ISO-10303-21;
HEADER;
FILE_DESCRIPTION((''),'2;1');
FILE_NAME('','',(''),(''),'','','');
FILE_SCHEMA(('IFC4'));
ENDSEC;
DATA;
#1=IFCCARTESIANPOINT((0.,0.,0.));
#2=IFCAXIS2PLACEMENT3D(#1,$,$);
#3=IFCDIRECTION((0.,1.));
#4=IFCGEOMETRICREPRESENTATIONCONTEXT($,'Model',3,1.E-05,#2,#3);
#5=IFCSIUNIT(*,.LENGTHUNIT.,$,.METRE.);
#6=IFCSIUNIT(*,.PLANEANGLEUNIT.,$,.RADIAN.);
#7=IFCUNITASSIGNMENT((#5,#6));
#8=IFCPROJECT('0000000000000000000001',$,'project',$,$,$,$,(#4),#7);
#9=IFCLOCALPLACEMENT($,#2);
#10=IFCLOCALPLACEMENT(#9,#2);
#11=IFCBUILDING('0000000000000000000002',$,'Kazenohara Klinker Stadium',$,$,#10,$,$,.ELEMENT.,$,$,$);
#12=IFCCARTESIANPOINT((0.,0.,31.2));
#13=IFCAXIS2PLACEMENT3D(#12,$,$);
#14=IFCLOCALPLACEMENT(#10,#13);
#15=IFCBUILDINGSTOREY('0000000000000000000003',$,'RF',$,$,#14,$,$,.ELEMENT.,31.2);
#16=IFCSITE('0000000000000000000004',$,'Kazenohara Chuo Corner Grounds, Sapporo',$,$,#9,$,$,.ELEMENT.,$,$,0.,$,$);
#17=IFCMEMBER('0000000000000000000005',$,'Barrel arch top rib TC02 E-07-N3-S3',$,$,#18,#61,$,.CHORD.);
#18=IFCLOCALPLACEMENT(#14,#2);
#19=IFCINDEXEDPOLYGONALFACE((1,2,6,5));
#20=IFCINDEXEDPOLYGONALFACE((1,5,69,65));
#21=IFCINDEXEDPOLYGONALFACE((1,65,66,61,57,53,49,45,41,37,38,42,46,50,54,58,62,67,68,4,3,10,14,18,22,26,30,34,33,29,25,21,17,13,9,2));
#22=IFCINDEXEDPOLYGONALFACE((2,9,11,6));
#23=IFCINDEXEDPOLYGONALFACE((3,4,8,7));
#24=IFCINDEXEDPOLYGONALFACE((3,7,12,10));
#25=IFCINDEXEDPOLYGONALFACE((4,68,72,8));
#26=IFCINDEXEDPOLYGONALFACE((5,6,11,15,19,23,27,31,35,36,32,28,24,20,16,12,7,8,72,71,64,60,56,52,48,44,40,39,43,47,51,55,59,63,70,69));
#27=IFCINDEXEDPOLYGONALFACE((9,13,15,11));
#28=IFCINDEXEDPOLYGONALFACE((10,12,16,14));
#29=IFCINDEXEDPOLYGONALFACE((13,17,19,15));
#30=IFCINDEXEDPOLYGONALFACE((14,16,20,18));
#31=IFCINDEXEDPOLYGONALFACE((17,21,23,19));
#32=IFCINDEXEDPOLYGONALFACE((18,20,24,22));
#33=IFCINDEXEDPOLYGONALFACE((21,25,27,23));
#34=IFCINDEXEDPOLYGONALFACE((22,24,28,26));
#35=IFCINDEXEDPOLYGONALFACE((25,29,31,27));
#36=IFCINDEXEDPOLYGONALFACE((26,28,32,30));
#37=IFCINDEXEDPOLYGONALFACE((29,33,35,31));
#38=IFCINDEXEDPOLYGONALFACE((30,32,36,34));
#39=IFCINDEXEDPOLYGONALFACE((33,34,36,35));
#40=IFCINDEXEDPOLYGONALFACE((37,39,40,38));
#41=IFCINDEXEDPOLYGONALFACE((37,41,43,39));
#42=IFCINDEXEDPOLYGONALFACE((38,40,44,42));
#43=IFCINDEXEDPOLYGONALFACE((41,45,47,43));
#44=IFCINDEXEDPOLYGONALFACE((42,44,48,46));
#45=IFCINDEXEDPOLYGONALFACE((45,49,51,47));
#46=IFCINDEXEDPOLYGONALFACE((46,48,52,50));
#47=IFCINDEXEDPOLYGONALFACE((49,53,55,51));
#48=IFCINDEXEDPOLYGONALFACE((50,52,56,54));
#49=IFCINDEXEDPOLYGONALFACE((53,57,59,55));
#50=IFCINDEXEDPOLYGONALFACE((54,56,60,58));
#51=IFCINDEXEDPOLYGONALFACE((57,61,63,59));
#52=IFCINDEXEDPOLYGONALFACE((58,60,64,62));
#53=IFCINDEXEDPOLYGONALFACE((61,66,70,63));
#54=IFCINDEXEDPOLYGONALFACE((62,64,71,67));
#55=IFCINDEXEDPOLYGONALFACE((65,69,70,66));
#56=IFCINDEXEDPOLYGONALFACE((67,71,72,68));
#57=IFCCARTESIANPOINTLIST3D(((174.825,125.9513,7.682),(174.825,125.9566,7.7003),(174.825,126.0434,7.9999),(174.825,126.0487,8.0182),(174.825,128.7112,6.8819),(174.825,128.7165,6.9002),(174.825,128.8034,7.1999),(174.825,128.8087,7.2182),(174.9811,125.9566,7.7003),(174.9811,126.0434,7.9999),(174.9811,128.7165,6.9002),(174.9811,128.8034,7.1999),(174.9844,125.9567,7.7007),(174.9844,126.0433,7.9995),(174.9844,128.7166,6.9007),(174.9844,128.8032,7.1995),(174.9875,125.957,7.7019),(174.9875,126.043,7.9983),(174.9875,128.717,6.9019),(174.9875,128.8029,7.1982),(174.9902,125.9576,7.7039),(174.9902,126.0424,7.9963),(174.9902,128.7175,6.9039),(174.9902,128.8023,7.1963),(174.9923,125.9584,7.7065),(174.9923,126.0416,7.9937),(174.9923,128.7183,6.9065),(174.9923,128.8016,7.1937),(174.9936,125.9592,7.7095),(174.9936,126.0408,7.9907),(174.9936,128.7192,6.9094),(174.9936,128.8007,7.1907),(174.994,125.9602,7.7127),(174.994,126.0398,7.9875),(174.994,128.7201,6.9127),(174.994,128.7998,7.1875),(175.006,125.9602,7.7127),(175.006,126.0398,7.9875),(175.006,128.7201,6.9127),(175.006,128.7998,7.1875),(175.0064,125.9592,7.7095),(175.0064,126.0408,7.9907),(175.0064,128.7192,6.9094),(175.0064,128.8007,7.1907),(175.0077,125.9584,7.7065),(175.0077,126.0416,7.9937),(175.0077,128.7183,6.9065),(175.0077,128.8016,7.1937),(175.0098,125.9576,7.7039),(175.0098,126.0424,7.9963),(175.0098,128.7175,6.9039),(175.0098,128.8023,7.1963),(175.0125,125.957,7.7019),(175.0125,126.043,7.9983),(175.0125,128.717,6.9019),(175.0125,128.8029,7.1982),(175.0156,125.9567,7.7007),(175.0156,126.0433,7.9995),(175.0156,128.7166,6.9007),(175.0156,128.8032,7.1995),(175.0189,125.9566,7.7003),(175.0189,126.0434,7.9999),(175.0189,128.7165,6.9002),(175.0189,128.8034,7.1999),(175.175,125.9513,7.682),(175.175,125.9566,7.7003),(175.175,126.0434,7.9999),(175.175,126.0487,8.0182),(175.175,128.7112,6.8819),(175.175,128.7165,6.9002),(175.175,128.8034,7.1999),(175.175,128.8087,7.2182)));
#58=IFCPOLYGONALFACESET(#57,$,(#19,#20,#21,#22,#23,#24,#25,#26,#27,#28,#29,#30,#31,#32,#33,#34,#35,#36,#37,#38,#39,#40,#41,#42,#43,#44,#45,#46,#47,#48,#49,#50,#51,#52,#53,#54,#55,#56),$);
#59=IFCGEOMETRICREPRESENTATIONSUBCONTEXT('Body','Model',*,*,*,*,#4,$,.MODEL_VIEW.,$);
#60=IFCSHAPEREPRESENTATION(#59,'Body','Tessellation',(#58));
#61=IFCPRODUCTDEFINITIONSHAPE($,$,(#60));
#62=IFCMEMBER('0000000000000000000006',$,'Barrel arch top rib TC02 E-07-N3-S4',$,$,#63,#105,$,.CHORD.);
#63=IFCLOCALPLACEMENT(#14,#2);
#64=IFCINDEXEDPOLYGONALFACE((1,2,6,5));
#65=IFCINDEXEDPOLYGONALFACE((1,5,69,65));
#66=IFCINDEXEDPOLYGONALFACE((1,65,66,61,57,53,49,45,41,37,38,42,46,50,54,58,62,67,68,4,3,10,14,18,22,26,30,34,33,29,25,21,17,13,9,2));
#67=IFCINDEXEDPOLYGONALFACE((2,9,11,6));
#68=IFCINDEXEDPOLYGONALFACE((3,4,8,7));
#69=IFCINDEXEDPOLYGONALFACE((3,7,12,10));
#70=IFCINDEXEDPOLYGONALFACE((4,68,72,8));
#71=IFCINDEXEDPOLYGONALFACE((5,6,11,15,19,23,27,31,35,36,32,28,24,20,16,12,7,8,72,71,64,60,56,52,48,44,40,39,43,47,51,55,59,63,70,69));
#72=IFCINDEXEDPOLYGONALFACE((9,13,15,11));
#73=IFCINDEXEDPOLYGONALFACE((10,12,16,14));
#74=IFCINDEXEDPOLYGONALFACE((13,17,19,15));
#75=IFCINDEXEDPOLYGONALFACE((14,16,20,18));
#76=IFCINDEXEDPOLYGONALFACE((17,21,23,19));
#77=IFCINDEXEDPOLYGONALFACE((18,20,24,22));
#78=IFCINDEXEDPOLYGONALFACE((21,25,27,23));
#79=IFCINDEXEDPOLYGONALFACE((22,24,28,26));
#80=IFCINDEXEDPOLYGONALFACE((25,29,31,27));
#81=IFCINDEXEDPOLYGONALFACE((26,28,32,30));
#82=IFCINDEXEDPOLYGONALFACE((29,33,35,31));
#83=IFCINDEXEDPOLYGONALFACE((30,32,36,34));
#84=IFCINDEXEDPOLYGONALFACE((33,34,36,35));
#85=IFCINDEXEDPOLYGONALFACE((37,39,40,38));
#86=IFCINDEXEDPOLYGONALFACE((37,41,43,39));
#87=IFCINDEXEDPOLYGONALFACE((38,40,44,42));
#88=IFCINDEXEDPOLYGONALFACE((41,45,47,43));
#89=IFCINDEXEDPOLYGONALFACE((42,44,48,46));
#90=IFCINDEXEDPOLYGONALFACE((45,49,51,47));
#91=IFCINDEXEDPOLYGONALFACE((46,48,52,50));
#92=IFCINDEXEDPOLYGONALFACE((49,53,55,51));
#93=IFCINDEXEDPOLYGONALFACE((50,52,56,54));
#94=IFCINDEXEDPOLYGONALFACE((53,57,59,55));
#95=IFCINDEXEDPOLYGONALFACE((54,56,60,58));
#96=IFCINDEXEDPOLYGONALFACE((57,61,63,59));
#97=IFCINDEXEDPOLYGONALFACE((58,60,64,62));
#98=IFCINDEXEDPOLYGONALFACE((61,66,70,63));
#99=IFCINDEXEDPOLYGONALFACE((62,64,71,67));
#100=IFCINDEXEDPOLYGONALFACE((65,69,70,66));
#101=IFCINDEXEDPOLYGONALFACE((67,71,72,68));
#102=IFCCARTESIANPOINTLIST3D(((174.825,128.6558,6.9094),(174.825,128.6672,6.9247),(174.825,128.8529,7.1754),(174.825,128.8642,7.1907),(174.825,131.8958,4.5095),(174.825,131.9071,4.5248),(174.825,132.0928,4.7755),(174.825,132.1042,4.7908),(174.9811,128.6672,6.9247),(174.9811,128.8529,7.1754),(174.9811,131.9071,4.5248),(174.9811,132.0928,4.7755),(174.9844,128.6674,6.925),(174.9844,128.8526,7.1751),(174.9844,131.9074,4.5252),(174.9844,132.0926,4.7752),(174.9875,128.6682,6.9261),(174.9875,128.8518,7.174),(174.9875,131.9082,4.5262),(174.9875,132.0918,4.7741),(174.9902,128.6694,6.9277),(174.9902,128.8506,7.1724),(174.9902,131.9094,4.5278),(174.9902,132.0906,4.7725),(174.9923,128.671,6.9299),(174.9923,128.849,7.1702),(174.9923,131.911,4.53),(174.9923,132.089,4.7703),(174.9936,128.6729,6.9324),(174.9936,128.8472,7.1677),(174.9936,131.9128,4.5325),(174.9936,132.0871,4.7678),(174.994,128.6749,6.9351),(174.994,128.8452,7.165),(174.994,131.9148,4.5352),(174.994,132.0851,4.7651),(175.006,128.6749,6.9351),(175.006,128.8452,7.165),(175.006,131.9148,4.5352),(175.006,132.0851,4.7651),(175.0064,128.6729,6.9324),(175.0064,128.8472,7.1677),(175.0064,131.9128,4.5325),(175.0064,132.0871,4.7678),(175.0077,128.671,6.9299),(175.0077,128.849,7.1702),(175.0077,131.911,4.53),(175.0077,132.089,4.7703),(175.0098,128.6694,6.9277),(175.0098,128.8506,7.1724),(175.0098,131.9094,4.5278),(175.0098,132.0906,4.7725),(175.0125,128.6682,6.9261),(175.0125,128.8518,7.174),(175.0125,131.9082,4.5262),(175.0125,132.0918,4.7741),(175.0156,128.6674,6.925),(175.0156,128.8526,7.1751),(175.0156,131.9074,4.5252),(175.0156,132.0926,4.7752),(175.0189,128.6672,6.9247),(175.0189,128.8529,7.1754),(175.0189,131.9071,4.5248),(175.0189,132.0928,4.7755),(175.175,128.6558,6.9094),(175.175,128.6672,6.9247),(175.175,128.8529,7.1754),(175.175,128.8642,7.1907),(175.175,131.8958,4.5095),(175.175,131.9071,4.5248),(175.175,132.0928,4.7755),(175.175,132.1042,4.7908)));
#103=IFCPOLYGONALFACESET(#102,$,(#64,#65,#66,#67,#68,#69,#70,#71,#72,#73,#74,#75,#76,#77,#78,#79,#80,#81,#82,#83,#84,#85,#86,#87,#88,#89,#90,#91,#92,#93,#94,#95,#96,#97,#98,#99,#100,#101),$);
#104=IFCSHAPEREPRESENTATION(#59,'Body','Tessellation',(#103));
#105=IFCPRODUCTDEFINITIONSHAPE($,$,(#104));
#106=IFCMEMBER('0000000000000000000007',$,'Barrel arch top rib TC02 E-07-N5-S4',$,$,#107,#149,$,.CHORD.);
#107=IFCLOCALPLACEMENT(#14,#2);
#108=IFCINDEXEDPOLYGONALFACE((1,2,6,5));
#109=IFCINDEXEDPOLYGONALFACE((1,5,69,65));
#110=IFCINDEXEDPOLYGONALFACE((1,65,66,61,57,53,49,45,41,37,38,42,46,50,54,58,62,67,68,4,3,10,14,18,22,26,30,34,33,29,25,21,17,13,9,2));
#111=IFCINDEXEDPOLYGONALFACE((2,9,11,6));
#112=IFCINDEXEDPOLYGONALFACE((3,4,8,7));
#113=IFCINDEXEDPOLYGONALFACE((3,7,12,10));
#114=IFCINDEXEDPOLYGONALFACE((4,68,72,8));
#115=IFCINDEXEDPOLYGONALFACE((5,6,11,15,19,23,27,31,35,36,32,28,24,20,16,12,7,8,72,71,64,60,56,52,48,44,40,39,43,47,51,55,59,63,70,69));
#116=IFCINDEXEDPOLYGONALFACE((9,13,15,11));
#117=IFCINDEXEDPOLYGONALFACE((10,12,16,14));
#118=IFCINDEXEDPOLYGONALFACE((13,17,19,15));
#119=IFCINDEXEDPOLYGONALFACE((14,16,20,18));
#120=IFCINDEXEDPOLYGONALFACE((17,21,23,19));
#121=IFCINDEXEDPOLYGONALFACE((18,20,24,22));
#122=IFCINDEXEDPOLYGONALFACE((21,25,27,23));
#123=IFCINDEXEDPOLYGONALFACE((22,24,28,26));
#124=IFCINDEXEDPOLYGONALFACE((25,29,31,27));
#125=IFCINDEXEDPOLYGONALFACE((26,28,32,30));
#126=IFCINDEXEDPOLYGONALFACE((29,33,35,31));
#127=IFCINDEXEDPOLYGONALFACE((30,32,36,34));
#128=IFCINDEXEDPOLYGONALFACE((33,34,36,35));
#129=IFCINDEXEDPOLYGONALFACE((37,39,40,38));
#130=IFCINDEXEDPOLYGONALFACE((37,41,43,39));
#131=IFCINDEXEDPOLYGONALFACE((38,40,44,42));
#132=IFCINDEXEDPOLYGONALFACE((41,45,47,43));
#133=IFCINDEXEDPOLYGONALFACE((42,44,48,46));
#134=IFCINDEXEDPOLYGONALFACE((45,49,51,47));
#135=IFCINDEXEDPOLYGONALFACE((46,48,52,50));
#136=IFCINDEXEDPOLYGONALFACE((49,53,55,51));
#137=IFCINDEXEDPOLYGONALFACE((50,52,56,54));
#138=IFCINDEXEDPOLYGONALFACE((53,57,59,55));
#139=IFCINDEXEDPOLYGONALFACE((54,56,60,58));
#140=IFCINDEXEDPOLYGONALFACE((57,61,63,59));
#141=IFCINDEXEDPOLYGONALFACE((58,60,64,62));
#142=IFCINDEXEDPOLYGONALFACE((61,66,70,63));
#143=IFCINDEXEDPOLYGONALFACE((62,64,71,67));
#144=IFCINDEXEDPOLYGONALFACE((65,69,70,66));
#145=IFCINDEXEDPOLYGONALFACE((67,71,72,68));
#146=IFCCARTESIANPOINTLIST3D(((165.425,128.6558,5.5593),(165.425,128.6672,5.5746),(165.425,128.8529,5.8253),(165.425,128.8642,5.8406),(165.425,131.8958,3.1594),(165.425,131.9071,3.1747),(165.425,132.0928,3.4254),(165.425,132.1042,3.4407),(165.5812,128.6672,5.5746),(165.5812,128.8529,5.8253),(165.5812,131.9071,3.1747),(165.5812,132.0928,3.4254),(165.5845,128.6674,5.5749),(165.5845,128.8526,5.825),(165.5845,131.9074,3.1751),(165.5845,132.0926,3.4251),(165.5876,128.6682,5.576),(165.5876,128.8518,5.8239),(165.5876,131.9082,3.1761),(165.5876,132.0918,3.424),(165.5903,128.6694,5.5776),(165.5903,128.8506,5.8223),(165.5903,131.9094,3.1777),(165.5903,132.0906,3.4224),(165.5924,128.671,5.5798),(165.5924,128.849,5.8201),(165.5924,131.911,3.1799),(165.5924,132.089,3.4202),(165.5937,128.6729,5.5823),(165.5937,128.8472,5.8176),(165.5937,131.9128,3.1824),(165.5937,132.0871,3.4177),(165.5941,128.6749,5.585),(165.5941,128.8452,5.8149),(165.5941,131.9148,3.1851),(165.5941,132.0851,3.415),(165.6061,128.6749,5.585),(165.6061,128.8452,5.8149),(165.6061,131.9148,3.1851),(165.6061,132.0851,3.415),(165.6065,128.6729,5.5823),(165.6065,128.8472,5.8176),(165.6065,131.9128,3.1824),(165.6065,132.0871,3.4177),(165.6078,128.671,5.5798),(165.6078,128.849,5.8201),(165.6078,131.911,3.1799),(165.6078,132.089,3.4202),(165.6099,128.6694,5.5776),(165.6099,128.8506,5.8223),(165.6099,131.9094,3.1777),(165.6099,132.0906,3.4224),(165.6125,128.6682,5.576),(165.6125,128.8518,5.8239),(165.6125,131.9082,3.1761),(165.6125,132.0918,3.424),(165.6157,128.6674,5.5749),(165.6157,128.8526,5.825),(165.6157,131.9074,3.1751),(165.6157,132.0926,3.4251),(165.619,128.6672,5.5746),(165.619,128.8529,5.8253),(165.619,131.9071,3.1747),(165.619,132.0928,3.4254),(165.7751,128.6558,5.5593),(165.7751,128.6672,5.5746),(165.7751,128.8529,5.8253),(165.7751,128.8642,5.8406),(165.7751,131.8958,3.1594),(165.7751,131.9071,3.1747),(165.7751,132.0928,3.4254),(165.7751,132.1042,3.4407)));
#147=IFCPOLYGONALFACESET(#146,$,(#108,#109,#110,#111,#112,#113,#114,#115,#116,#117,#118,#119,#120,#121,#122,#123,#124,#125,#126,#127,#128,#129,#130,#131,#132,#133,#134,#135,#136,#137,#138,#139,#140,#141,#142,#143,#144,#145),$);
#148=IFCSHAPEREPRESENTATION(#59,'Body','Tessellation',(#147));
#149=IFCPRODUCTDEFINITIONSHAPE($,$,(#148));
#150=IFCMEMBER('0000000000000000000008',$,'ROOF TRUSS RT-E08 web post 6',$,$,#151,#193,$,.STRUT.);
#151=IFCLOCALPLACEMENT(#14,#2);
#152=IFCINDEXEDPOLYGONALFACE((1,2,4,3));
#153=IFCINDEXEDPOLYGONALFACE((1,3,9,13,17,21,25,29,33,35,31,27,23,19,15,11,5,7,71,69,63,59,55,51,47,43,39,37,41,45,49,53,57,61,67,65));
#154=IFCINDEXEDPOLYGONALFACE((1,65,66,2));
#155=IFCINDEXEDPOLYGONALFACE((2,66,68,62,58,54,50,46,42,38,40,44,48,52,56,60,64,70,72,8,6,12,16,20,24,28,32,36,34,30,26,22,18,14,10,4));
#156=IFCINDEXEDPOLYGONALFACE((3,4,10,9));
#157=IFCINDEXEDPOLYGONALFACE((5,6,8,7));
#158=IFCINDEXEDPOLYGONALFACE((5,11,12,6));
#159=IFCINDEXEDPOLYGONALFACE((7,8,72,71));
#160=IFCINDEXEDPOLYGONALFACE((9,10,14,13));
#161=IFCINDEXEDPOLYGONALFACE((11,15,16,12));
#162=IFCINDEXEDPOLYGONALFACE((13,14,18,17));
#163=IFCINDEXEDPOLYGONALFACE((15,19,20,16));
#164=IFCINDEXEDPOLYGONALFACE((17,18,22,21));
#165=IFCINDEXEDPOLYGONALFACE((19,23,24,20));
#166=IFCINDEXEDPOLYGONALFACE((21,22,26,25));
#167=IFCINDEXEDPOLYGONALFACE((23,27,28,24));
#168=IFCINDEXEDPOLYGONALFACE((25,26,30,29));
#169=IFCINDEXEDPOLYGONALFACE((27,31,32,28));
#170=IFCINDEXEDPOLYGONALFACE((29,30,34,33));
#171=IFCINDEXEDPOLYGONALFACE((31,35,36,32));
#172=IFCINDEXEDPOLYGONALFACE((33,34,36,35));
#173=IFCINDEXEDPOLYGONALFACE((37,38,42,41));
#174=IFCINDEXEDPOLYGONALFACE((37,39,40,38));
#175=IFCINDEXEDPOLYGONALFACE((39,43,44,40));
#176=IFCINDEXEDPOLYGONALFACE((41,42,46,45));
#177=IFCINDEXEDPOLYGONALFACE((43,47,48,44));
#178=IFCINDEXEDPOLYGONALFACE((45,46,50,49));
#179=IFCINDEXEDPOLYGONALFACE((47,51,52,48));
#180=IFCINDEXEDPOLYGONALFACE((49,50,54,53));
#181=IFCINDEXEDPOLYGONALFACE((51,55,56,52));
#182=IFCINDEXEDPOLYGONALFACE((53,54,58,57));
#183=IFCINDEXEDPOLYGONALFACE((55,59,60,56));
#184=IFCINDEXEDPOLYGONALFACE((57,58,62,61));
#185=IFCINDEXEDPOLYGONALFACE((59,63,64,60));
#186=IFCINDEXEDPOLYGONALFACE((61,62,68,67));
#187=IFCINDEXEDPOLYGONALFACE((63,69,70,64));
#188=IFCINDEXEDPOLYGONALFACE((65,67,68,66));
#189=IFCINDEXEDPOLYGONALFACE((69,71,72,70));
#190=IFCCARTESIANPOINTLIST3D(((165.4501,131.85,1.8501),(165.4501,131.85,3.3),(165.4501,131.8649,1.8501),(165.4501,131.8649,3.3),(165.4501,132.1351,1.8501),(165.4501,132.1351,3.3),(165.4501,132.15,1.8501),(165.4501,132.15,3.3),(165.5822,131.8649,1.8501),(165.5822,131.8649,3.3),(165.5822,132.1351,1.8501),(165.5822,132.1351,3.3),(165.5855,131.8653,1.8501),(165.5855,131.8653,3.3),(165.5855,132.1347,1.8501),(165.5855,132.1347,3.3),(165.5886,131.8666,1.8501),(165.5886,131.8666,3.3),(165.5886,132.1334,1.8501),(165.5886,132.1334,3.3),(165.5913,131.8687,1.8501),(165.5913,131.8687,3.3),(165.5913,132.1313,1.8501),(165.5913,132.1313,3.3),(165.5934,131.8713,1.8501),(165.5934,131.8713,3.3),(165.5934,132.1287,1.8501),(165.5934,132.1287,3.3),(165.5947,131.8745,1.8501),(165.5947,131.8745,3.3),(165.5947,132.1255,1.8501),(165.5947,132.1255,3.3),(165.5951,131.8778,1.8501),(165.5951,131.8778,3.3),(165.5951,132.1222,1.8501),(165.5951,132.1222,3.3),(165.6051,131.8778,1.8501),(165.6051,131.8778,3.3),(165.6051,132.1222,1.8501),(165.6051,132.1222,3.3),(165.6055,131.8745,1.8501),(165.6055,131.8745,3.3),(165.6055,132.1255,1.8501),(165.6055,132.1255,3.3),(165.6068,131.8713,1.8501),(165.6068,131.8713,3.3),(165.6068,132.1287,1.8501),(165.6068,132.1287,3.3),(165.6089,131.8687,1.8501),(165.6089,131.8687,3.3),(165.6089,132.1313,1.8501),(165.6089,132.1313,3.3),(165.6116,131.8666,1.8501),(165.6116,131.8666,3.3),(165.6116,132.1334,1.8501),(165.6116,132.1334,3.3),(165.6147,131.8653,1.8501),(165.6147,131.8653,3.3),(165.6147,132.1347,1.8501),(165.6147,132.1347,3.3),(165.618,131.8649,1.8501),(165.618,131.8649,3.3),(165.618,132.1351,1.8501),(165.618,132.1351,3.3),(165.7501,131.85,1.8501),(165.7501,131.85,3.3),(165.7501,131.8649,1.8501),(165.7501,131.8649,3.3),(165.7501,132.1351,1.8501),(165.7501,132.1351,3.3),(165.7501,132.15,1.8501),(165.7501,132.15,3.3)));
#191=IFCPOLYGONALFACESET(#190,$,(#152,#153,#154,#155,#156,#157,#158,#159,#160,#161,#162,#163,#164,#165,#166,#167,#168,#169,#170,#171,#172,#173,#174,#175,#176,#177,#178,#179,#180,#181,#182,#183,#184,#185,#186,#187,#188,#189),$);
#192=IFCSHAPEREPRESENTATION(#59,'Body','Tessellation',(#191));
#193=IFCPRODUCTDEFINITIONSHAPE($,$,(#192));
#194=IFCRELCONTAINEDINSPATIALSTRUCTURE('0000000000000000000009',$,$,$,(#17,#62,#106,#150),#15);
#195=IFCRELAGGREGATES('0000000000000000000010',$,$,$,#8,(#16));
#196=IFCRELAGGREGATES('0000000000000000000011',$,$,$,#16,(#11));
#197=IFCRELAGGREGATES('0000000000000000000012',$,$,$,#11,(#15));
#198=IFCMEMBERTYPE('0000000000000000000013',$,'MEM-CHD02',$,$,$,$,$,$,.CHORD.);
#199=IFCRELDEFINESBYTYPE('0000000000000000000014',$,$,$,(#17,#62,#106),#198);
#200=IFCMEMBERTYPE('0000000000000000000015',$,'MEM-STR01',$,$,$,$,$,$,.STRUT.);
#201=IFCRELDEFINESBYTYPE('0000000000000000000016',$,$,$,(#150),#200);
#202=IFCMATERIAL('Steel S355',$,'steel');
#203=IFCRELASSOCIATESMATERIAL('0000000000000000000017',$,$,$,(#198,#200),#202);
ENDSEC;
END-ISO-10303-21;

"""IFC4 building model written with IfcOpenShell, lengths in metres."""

from ifc_helpers import new_model, si_unit, direction, frame, origin, origin_2d, place, context, subcontext, project, spatial, i_section, extrude, material, material_profile, profile_set, type_object, element, save


model = new_model("IFC4")

# Units and contexts
model_context = context("Model", 3, precision=1e-05, world=origin(), true_north=direction((0.0, 1.0)))
body_context = subcontext(model_context, "Body", "Model", "MODEL_VIEW")
ifc_project = project(units=[si_unit("LENGTHUNIT", "METRE"), si_unit("PLANEANGLEUNIT", "RADIAN")], contexts=[model_context])

# Site, building, storey
site_placement = place(None, origin())
site = spatial("IfcSite", under=ifc_project, at=site_placement, Name="Kazenohara Chuo Corner Grounds, Sapporo", CompositionType="ELEMENT", RefElevation=0.0)
building_placement = place(site_placement, origin())
building = spatial("IfcBuilding", under=site, at=building_placement, Name="Kazenohara Klinker Stadium", CompositionType="ELEMENT")
storey_placement = place(building_placement, frame((0.0, 0.0, 31.2)))
storey = spatial("IfcBuildingStorey", under=building, at=storey_placement, Name="RF", CompositionType="ELEMENT", Elevation=31.2)

# Members
ifc_material_1 = material(Name="Steel S355", Category="steel")
ifc_material_profile_1 = material_profile(ifc_material_1, i_section(OverallWidth=0.3501, OverallDepth=0.3501, WebThickness=0.012, FlangeThickness=0.019, FilletRadius=0.0129, at=origin_2d()), Name="H-350x350x12x19")
ifc_profile_set_1 = profile_set([ifc_material_profile_1], Name="Steel S355")
member_type_1 = type_object("IfcMemberType", Name="MEM-CHD02", PredefinedType="CHORD", material=ifc_profile_set_1)
member_1_placement = place(storey_placement, frame((175.0, 126.0, 7.8501), z_axis=(0.0, 0.960462, -0.278411), x_axis=(-1.0, 0.0, 0.0)))
element("IfcMember", 1, at=member_1_placement, inside=storey, type_object=member_type_1, Name="Barrel arch top rib TC02 E-07-N3-S3", PredefinedType="CHORD", context=body_context, shape_type="SweptSolid", body=[
    extrude(i_section(OverallWidth=0.3501, OverallDepth=0.3501, WebThickness=0.012, FlangeThickness=0.019, FilletRadius=0.0129, at=origin_2d()), origin(), (0.0, 0.0, 1.0), 2.8735),
])
for number, where, z_axis, x_axis, name in (
    (2, (175.0, 128.76, 7.05), (0.0, 0.803568, -0.595213), (-1.0, 0.0, 0.0), "Barrel arch top rib TC02 E-07-N3-S4"),
    (3, (165.6001, 128.76, 5.7), (0.0, 0.803568, -0.595213), (-1.0, 0.0, 0.0), "Barrel arch top rib TC02 E-07-N5-S4"),
):
    element("IfcMember", number, at=place(storey_placement, frame(where, z_axis=z_axis, x_axis=x_axis)), inside=storey, type_object=member_type_1, Name=name, PredefinedType="CHORD", context=body_context, shape_type="SweptSolid", body=[
        extrude(i_section(OverallWidth=0.3501, OverallDepth=0.3501, WebThickness=0.012, FlangeThickness=0.019, FilletRadius=0.0129, at=origin_2d()), origin(), (0.0, 0.0, 1.0), 4.032),
    ])
ifc_material_profile_2 = material_profile(ifc_material_1, i_section(OverallWidth=0.3, OverallDepth=0.3, WebThickness=0.01, FlangeThickness=0.0149, FilletRadius=0.0129, at=origin_2d()), Name="H-300x300x10x15")
ifc_profile_set_2 = profile_set([ifc_material_profile_2], Name="Steel S355")
member_type_2 = type_object("IfcMemberType", Name="MEM-STR01", PredefinedType="STRUT", material=ifc_profile_set_2)
member_2_placement = place(storey_placement, frame((165.6001, 132.0, 1.8501), z_axis=(0.0, 0.0, 1.0), x_axis=(1.0, 0.0, 0.0)))
element("IfcMember", 4, at=member_2_placement, inside=storey, type_object=member_type_2, Name="ROOF TRUSS RT-E08 web post 6", PredefinedType="STRUT", context=body_context, shape_type="SweptSolid", body=[
    extrude(i_section(OverallWidth=0.3, OverallDepth=0.3, WebThickness=0.01, FlangeThickness=0.0149, FilletRadius=0.0129, at=origin_2d()), origin(), (0.0, 0.0, 1.0), 1.45),
])

save(model, "model.ifc")
